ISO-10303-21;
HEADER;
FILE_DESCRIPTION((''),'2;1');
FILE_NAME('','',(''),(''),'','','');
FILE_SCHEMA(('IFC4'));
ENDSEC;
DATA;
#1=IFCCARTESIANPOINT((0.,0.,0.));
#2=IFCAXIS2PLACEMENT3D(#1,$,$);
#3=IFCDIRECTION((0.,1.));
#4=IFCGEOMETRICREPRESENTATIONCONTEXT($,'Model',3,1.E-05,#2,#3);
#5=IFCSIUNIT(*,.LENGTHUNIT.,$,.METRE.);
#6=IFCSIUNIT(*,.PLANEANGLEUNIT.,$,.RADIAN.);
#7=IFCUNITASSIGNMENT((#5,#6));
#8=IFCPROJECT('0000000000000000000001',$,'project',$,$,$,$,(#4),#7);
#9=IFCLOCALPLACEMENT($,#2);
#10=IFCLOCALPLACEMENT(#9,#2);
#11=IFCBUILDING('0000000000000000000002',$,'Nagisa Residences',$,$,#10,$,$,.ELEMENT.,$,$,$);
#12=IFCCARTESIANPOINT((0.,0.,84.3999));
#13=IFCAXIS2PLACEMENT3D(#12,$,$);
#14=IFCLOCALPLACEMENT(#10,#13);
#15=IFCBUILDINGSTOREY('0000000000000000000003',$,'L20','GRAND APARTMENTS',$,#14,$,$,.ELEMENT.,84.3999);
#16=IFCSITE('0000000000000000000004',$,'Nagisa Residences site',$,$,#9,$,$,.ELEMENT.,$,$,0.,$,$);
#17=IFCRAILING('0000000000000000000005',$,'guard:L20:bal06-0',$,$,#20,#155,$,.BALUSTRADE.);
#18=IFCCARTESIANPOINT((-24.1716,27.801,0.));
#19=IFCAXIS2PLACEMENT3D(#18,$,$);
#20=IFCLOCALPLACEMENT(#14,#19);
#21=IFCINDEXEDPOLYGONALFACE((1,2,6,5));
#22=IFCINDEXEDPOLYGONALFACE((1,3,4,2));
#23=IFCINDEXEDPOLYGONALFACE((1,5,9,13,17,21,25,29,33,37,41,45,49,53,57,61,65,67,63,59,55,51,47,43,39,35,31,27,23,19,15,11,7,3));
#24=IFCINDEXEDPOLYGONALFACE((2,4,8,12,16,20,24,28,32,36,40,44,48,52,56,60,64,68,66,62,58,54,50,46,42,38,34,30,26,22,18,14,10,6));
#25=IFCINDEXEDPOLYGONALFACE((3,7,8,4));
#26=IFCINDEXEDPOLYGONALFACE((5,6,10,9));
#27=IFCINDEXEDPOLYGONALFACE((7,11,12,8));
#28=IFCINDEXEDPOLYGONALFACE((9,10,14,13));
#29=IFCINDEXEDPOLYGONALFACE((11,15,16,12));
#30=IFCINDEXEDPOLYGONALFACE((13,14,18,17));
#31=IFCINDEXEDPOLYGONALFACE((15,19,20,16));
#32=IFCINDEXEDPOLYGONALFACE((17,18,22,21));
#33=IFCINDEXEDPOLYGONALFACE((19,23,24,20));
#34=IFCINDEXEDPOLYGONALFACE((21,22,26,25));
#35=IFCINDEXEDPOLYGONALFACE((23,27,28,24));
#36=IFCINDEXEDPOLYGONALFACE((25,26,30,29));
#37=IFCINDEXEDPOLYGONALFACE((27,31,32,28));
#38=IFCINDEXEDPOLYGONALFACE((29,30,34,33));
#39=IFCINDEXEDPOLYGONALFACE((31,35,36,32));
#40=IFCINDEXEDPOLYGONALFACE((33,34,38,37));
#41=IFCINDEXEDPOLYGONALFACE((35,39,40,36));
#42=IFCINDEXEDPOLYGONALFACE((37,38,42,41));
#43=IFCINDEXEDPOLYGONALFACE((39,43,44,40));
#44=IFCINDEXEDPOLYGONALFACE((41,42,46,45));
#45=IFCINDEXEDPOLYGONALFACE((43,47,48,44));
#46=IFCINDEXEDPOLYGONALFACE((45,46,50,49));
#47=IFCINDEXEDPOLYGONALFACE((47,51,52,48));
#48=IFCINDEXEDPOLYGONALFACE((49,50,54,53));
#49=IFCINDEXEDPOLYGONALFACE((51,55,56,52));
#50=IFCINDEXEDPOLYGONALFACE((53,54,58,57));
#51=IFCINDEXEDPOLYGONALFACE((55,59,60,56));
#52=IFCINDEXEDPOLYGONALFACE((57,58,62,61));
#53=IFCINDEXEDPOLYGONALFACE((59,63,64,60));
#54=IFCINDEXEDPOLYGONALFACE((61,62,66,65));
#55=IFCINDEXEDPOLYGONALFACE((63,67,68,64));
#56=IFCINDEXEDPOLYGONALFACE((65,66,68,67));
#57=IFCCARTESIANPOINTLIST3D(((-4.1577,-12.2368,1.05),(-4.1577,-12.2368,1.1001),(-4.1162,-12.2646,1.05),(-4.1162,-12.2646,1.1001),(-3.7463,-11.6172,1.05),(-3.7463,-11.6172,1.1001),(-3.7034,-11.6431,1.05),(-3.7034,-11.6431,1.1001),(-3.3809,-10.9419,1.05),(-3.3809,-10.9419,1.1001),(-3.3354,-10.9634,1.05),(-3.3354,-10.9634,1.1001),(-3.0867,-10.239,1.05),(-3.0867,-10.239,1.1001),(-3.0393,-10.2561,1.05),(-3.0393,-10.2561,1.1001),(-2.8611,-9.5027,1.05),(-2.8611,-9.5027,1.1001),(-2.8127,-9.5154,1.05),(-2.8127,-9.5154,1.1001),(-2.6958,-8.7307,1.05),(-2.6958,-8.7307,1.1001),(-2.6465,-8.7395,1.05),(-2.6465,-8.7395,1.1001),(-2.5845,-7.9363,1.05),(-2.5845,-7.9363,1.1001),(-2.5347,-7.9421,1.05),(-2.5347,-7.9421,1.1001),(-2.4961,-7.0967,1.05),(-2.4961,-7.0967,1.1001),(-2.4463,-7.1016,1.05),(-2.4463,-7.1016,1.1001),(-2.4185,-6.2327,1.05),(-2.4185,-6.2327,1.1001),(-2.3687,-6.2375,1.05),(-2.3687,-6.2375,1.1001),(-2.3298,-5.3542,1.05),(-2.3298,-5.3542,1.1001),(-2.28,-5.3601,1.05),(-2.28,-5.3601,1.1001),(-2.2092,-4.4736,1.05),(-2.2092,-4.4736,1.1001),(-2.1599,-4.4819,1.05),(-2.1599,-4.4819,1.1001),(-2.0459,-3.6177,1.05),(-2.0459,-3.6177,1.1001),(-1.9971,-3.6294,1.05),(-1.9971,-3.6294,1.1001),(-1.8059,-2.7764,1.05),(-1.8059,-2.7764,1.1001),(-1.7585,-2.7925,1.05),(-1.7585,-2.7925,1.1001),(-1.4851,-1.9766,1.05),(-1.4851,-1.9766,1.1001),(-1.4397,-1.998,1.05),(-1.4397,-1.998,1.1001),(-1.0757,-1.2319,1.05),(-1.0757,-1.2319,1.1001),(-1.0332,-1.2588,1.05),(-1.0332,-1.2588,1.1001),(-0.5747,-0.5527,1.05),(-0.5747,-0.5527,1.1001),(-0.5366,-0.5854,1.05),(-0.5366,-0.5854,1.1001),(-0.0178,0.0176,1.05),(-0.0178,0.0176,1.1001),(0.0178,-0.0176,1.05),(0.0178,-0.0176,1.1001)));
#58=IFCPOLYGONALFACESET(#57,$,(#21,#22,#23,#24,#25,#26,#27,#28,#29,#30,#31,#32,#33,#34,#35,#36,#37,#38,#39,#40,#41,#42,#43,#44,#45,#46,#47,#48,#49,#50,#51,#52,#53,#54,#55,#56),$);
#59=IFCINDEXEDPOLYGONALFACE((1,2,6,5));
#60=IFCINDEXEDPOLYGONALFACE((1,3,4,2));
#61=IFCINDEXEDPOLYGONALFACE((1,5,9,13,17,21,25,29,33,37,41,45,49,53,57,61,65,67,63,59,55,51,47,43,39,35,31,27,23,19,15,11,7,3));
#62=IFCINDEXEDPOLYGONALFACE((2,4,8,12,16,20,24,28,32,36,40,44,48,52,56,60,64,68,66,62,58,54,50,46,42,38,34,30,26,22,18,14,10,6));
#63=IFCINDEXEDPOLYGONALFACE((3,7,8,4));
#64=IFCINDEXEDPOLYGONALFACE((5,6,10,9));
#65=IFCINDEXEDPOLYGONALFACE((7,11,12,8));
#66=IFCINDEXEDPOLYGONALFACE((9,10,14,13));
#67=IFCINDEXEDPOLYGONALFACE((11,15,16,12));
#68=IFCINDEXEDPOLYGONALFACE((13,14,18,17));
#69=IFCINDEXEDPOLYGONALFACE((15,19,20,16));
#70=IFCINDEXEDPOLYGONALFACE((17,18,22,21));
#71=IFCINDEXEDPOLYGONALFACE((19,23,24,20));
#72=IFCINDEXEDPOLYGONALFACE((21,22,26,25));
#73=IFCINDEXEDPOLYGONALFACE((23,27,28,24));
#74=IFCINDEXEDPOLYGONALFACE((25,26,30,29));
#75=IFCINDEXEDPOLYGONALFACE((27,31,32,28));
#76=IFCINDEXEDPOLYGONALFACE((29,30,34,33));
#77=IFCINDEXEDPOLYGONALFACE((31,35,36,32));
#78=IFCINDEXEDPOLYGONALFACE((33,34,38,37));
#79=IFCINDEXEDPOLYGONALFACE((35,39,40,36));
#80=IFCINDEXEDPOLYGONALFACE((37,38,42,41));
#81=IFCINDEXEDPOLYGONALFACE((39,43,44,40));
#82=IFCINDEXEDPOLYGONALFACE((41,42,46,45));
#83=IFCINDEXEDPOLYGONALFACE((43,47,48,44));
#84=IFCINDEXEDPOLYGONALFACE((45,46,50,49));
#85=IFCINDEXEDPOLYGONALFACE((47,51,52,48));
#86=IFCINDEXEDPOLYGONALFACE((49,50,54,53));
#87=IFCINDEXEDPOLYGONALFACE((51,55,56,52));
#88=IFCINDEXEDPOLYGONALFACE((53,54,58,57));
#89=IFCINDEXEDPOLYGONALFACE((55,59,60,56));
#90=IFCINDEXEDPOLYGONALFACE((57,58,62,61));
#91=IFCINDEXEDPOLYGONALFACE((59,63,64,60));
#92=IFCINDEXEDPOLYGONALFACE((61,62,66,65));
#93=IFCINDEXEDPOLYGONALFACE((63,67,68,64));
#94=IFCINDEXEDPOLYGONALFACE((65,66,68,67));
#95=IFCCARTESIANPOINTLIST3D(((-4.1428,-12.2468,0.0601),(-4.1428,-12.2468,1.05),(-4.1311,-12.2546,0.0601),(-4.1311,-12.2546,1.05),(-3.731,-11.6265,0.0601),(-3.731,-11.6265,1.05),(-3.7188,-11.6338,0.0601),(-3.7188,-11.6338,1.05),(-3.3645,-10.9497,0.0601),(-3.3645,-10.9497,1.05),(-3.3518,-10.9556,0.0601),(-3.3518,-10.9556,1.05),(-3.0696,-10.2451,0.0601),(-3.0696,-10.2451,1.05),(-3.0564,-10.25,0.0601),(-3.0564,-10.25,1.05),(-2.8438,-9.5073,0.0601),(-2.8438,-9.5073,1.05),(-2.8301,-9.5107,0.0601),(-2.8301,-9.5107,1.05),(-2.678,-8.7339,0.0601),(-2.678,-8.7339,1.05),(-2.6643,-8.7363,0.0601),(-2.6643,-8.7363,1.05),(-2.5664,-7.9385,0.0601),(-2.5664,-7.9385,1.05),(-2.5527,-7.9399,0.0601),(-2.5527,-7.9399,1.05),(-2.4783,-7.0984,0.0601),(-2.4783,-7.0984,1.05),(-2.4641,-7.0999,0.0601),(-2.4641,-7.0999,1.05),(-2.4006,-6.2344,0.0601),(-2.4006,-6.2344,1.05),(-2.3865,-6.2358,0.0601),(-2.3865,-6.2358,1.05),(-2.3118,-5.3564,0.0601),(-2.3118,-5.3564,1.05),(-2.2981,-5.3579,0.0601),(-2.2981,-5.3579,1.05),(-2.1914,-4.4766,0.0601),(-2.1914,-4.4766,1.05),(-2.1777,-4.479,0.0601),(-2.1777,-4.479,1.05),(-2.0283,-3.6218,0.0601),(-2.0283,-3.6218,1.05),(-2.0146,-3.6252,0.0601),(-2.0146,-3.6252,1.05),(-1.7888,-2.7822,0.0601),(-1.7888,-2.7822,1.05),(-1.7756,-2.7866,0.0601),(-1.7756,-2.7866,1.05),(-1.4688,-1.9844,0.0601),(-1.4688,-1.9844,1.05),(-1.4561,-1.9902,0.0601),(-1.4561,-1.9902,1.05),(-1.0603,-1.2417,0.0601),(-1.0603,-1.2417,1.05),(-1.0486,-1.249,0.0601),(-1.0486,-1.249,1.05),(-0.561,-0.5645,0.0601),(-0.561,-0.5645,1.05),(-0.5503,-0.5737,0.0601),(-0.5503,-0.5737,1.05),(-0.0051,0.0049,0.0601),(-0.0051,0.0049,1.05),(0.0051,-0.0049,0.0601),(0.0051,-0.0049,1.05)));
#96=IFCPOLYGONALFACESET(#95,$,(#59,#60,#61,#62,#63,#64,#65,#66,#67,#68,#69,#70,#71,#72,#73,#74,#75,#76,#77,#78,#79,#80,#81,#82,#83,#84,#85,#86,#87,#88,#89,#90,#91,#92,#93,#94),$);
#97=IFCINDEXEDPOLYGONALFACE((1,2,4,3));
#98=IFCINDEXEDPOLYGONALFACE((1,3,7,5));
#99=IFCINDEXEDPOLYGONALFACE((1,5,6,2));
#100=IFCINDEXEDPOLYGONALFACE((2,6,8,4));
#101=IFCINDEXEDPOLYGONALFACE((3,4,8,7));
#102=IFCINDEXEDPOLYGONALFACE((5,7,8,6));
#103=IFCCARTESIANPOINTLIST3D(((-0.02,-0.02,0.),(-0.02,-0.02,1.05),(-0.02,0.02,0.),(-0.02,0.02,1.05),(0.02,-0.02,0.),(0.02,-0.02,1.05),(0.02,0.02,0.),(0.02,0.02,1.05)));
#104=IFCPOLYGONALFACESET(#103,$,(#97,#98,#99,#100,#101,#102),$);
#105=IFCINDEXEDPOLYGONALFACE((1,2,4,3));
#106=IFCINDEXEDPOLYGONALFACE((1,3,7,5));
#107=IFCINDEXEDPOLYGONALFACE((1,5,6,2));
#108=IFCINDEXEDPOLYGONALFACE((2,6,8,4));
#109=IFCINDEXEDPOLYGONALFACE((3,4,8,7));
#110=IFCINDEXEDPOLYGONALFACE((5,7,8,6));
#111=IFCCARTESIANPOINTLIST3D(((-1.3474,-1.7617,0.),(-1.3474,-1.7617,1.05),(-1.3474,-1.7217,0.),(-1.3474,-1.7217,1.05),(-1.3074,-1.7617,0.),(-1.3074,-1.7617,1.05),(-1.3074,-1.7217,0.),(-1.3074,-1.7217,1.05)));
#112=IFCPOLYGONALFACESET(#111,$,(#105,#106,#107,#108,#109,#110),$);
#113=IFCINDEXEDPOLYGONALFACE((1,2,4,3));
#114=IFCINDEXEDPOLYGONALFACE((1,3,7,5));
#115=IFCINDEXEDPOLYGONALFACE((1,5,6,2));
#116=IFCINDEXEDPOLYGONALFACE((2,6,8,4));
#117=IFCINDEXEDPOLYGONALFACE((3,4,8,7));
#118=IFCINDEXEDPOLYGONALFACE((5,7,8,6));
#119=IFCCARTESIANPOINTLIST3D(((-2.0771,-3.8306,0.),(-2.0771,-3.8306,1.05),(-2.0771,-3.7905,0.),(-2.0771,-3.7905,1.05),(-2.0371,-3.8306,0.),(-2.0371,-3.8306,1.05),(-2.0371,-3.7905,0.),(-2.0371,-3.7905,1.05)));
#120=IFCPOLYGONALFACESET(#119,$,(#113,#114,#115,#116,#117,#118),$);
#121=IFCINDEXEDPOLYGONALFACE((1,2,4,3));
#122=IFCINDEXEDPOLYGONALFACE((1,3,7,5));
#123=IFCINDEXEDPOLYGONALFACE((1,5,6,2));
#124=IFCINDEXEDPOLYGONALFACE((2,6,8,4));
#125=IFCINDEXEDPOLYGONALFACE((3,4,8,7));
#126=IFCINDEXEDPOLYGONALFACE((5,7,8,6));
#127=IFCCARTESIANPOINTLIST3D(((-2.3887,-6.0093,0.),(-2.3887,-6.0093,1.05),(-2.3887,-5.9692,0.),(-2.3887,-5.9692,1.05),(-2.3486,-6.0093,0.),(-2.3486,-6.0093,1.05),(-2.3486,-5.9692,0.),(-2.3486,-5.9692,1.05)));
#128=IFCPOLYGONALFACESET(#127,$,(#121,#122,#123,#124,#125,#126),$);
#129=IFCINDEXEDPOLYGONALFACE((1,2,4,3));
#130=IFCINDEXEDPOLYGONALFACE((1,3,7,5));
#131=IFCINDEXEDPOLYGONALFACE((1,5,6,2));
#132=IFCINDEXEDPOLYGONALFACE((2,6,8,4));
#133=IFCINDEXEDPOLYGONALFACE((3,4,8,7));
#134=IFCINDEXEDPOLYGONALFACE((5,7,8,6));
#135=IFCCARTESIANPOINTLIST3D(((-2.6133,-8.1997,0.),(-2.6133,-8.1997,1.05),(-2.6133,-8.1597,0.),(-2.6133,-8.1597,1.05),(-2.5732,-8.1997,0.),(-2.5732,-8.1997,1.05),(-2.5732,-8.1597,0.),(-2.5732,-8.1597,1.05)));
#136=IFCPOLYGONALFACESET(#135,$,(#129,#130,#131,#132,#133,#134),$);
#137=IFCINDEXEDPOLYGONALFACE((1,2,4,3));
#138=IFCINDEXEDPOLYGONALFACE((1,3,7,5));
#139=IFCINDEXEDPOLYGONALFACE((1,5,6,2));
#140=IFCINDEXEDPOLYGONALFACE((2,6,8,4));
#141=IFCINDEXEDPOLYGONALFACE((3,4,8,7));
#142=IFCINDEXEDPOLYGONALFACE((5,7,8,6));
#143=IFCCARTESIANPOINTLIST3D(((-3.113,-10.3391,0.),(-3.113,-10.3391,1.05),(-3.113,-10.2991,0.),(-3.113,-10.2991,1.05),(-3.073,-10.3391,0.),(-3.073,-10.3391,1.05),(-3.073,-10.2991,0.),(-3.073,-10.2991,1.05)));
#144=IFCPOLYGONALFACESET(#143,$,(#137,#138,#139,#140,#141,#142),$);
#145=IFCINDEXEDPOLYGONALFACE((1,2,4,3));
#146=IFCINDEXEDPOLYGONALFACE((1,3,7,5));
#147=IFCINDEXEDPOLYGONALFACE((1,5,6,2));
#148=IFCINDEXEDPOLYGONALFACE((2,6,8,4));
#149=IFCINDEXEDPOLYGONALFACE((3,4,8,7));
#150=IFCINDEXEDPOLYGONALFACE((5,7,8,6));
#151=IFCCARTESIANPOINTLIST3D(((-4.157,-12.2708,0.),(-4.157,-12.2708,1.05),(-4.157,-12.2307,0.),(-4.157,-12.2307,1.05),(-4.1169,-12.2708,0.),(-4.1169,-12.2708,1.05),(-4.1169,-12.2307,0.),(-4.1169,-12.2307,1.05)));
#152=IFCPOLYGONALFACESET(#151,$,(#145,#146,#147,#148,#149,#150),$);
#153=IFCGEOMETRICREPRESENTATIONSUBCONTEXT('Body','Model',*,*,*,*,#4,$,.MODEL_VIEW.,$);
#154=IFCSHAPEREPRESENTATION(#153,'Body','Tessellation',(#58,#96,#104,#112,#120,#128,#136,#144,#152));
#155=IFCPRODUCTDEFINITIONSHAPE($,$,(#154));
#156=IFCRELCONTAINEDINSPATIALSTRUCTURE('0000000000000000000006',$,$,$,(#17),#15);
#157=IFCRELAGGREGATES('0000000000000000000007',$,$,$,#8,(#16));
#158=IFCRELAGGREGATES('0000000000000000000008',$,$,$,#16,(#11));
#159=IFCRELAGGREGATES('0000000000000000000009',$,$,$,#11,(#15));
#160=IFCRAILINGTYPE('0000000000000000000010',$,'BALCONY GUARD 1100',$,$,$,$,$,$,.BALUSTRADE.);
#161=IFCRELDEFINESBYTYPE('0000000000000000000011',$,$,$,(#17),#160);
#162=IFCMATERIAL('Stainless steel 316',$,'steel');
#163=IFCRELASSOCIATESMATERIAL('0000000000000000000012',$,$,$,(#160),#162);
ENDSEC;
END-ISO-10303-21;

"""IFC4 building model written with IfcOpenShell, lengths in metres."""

from ifc_helpers import new_model, si_unit, direction, frame, origin, origin_2d, place, context, subcontext, project, spatial, polyline, rectangle, outline, extrude, material, type_object, element, save


model = new_model("IFC4")

# Units and contexts
model_context = context("Model", 3, precision=1e-05, world=origin(), true_north=direction((0.0, 1.0)))
body_context = subcontext(model_context, "Body", "Model", "MODEL_VIEW")
ifc_project = project(units=[si_unit("LENGTHUNIT", "METRE"), si_unit("PLANEANGLEUNIT", "RADIAN")], contexts=[model_context])

# Site, building, storey
site_placement = place(None, origin())
site = spatial("IfcSite", under=ifc_project, at=site_placement, Name="Nagisa Residences site", CompositionType="ELEMENT", RefElevation=0.0)
building_placement = place(site_placement, origin())
building = spatial("IfcBuilding", under=site, at=building_placement, Name="Nagisa Residences", CompositionType="ELEMENT")
storey_placement = place(building_placement, frame((0.0, 0.0, 84.3999)))
storey = spatial("IfcBuildingStorey", under=building, at=storey_placement, Name="L20", Description="GRAND APARTMENTS", CompositionType="ELEMENT", Elevation=84.3999)

# Railing
ifc_material_1 = material(Name="Stainless steel 316", Category="steel")
railing_type = type_object("IfcRailingType", Name="BALCONY GUARD 1100", PredefinedType="BALUSTRADE", material=ifc_material_1)
railing_placement = place(storey_placement, frame((-24.1716, 27.801, 0.0)))
element("IfcRailing", 1, at=railing_placement, inside=storey, type_object=railing_type, Name="guard:L20:bal06-0", PredefinedType="BALUSTRADE", context=body_context, shape_type="SweptSolid", body=[
    extrude(outline(polyline([(-0.5366, -0.5854), (0.0178, -0.0176), (-0.0178, 0.0176), (-0.5747, -0.5527), (-1.0757, -1.2319), (-1.4851, -1.9766), (-1.8059, -2.7764), (-2.0459, -3.6177), (-2.2092, -4.4736), (-2.3298, -5.3542), (-2.4185, -6.2327), (-2.4961, -7.0967), (-2.5845, -7.9363), (-2.6958, -8.7307), (-2.8611, -9.5027), (-3.0867, -10.239), (-3.3809, -10.9419), (-3.7463, -11.6172), (-4.1577, -12.2368), (-4.1162, -12.2646), (-3.7034, -11.6431), (-3.3354, -10.9634), (-3.0393, -10.2561), (-2.8127, -9.5154), (-2.6465, -8.7395), (-2.5347, -7.9421), (-2.4463, -7.1016), (-2.3687, -6.2375), (-2.28, -5.3601), (-2.1599, -4.4819), (-1.9971, -3.6294), (-1.7585, -2.7925), (-1.4397, -1.998), (-1.0332, -1.2588), (-0.5366, -0.5854)])), frame((0.0, 0.0, 1.05)), (0.0, 0.0, 1.0), 0.05),
    extrude(outline(polyline([(-0.5503, -0.5737), (0.0051, -0.0049), (-0.0051, 0.0049), (-0.561, -0.5645), (-1.0603, -1.2417), (-1.4688, -1.9844), (-1.7888, -2.7822), (-2.0283, -3.6218), (-2.1914, -4.4766), (-2.3118, -5.3564), (-2.4006, -6.2344), (-2.4783, -7.0984), (-2.5664, -7.9385), (-2.678, -8.7339), (-2.8438, -9.5073), (-3.0696, -10.2451), (-3.3645, -10.9497), (-3.731, -11.6265), (-4.1428, -12.2468), (-4.1311, -12.2546), (-3.7188, -11.6338), (-3.3518, -10.9556), (-3.0564, -10.25), (-2.8301, -9.5107), (-2.6643, -8.7363), (-2.5527, -7.9399), (-2.4641, -7.0999), (-2.3865, -6.2358), (-2.2981, -5.3579), (-2.1777, -4.479), (-2.0146, -3.6252), (-1.7756, -2.7866), (-1.4561, -1.9902), (-1.0486, -1.249), (-0.5503, -0.5737)])), frame((0.0, 0.0, 0.0601)), (0.0, 0.0, 1.0), 0.99),
    extrude(rectangle(XDim=0.04, YDim=0.04, at=origin_2d()), origin(), (0.0, 0.0, 1.0), 1.05),
    extrude(rectangle(XDim=0.04, YDim=0.04, at=origin_2d()), frame((-1.3274, -1.7417, 0.0)), (0.0, 0.0, 1.0), 1.05),
    extrude(rectangle(XDim=0.04, YDim=0.04, at=origin_2d()), frame((-2.0571, -3.8105, 0.0)), (0.0, 0.0, 1.0), 1.05),
    extrude(rectangle(XDim=0.04, YDim=0.04, at=origin_2d()), frame((-2.3687, -5.9893, 0.0)), (0.0, 0.0, 1.0), 1.05),
    extrude(rectangle(XDim=0.04, YDim=0.04, at=origin_2d()), frame((-2.5933, -8.1797, 0.0)), (0.0, 0.0, 1.0), 1.05),
    extrude(rectangle(XDim=0.04, YDim=0.04, at=origin_2d()), frame((-3.093, -10.3191, 0.0)), (0.0, 0.0, 1.0), 1.05),
    extrude(rectangle(XDim=0.04, YDim=0.04, at=origin_2d()), frame((-4.137, -12.2507, 0.0)), (0.0, 0.0, 1.0), 1.05),
])

save(model, "model.ifc")
